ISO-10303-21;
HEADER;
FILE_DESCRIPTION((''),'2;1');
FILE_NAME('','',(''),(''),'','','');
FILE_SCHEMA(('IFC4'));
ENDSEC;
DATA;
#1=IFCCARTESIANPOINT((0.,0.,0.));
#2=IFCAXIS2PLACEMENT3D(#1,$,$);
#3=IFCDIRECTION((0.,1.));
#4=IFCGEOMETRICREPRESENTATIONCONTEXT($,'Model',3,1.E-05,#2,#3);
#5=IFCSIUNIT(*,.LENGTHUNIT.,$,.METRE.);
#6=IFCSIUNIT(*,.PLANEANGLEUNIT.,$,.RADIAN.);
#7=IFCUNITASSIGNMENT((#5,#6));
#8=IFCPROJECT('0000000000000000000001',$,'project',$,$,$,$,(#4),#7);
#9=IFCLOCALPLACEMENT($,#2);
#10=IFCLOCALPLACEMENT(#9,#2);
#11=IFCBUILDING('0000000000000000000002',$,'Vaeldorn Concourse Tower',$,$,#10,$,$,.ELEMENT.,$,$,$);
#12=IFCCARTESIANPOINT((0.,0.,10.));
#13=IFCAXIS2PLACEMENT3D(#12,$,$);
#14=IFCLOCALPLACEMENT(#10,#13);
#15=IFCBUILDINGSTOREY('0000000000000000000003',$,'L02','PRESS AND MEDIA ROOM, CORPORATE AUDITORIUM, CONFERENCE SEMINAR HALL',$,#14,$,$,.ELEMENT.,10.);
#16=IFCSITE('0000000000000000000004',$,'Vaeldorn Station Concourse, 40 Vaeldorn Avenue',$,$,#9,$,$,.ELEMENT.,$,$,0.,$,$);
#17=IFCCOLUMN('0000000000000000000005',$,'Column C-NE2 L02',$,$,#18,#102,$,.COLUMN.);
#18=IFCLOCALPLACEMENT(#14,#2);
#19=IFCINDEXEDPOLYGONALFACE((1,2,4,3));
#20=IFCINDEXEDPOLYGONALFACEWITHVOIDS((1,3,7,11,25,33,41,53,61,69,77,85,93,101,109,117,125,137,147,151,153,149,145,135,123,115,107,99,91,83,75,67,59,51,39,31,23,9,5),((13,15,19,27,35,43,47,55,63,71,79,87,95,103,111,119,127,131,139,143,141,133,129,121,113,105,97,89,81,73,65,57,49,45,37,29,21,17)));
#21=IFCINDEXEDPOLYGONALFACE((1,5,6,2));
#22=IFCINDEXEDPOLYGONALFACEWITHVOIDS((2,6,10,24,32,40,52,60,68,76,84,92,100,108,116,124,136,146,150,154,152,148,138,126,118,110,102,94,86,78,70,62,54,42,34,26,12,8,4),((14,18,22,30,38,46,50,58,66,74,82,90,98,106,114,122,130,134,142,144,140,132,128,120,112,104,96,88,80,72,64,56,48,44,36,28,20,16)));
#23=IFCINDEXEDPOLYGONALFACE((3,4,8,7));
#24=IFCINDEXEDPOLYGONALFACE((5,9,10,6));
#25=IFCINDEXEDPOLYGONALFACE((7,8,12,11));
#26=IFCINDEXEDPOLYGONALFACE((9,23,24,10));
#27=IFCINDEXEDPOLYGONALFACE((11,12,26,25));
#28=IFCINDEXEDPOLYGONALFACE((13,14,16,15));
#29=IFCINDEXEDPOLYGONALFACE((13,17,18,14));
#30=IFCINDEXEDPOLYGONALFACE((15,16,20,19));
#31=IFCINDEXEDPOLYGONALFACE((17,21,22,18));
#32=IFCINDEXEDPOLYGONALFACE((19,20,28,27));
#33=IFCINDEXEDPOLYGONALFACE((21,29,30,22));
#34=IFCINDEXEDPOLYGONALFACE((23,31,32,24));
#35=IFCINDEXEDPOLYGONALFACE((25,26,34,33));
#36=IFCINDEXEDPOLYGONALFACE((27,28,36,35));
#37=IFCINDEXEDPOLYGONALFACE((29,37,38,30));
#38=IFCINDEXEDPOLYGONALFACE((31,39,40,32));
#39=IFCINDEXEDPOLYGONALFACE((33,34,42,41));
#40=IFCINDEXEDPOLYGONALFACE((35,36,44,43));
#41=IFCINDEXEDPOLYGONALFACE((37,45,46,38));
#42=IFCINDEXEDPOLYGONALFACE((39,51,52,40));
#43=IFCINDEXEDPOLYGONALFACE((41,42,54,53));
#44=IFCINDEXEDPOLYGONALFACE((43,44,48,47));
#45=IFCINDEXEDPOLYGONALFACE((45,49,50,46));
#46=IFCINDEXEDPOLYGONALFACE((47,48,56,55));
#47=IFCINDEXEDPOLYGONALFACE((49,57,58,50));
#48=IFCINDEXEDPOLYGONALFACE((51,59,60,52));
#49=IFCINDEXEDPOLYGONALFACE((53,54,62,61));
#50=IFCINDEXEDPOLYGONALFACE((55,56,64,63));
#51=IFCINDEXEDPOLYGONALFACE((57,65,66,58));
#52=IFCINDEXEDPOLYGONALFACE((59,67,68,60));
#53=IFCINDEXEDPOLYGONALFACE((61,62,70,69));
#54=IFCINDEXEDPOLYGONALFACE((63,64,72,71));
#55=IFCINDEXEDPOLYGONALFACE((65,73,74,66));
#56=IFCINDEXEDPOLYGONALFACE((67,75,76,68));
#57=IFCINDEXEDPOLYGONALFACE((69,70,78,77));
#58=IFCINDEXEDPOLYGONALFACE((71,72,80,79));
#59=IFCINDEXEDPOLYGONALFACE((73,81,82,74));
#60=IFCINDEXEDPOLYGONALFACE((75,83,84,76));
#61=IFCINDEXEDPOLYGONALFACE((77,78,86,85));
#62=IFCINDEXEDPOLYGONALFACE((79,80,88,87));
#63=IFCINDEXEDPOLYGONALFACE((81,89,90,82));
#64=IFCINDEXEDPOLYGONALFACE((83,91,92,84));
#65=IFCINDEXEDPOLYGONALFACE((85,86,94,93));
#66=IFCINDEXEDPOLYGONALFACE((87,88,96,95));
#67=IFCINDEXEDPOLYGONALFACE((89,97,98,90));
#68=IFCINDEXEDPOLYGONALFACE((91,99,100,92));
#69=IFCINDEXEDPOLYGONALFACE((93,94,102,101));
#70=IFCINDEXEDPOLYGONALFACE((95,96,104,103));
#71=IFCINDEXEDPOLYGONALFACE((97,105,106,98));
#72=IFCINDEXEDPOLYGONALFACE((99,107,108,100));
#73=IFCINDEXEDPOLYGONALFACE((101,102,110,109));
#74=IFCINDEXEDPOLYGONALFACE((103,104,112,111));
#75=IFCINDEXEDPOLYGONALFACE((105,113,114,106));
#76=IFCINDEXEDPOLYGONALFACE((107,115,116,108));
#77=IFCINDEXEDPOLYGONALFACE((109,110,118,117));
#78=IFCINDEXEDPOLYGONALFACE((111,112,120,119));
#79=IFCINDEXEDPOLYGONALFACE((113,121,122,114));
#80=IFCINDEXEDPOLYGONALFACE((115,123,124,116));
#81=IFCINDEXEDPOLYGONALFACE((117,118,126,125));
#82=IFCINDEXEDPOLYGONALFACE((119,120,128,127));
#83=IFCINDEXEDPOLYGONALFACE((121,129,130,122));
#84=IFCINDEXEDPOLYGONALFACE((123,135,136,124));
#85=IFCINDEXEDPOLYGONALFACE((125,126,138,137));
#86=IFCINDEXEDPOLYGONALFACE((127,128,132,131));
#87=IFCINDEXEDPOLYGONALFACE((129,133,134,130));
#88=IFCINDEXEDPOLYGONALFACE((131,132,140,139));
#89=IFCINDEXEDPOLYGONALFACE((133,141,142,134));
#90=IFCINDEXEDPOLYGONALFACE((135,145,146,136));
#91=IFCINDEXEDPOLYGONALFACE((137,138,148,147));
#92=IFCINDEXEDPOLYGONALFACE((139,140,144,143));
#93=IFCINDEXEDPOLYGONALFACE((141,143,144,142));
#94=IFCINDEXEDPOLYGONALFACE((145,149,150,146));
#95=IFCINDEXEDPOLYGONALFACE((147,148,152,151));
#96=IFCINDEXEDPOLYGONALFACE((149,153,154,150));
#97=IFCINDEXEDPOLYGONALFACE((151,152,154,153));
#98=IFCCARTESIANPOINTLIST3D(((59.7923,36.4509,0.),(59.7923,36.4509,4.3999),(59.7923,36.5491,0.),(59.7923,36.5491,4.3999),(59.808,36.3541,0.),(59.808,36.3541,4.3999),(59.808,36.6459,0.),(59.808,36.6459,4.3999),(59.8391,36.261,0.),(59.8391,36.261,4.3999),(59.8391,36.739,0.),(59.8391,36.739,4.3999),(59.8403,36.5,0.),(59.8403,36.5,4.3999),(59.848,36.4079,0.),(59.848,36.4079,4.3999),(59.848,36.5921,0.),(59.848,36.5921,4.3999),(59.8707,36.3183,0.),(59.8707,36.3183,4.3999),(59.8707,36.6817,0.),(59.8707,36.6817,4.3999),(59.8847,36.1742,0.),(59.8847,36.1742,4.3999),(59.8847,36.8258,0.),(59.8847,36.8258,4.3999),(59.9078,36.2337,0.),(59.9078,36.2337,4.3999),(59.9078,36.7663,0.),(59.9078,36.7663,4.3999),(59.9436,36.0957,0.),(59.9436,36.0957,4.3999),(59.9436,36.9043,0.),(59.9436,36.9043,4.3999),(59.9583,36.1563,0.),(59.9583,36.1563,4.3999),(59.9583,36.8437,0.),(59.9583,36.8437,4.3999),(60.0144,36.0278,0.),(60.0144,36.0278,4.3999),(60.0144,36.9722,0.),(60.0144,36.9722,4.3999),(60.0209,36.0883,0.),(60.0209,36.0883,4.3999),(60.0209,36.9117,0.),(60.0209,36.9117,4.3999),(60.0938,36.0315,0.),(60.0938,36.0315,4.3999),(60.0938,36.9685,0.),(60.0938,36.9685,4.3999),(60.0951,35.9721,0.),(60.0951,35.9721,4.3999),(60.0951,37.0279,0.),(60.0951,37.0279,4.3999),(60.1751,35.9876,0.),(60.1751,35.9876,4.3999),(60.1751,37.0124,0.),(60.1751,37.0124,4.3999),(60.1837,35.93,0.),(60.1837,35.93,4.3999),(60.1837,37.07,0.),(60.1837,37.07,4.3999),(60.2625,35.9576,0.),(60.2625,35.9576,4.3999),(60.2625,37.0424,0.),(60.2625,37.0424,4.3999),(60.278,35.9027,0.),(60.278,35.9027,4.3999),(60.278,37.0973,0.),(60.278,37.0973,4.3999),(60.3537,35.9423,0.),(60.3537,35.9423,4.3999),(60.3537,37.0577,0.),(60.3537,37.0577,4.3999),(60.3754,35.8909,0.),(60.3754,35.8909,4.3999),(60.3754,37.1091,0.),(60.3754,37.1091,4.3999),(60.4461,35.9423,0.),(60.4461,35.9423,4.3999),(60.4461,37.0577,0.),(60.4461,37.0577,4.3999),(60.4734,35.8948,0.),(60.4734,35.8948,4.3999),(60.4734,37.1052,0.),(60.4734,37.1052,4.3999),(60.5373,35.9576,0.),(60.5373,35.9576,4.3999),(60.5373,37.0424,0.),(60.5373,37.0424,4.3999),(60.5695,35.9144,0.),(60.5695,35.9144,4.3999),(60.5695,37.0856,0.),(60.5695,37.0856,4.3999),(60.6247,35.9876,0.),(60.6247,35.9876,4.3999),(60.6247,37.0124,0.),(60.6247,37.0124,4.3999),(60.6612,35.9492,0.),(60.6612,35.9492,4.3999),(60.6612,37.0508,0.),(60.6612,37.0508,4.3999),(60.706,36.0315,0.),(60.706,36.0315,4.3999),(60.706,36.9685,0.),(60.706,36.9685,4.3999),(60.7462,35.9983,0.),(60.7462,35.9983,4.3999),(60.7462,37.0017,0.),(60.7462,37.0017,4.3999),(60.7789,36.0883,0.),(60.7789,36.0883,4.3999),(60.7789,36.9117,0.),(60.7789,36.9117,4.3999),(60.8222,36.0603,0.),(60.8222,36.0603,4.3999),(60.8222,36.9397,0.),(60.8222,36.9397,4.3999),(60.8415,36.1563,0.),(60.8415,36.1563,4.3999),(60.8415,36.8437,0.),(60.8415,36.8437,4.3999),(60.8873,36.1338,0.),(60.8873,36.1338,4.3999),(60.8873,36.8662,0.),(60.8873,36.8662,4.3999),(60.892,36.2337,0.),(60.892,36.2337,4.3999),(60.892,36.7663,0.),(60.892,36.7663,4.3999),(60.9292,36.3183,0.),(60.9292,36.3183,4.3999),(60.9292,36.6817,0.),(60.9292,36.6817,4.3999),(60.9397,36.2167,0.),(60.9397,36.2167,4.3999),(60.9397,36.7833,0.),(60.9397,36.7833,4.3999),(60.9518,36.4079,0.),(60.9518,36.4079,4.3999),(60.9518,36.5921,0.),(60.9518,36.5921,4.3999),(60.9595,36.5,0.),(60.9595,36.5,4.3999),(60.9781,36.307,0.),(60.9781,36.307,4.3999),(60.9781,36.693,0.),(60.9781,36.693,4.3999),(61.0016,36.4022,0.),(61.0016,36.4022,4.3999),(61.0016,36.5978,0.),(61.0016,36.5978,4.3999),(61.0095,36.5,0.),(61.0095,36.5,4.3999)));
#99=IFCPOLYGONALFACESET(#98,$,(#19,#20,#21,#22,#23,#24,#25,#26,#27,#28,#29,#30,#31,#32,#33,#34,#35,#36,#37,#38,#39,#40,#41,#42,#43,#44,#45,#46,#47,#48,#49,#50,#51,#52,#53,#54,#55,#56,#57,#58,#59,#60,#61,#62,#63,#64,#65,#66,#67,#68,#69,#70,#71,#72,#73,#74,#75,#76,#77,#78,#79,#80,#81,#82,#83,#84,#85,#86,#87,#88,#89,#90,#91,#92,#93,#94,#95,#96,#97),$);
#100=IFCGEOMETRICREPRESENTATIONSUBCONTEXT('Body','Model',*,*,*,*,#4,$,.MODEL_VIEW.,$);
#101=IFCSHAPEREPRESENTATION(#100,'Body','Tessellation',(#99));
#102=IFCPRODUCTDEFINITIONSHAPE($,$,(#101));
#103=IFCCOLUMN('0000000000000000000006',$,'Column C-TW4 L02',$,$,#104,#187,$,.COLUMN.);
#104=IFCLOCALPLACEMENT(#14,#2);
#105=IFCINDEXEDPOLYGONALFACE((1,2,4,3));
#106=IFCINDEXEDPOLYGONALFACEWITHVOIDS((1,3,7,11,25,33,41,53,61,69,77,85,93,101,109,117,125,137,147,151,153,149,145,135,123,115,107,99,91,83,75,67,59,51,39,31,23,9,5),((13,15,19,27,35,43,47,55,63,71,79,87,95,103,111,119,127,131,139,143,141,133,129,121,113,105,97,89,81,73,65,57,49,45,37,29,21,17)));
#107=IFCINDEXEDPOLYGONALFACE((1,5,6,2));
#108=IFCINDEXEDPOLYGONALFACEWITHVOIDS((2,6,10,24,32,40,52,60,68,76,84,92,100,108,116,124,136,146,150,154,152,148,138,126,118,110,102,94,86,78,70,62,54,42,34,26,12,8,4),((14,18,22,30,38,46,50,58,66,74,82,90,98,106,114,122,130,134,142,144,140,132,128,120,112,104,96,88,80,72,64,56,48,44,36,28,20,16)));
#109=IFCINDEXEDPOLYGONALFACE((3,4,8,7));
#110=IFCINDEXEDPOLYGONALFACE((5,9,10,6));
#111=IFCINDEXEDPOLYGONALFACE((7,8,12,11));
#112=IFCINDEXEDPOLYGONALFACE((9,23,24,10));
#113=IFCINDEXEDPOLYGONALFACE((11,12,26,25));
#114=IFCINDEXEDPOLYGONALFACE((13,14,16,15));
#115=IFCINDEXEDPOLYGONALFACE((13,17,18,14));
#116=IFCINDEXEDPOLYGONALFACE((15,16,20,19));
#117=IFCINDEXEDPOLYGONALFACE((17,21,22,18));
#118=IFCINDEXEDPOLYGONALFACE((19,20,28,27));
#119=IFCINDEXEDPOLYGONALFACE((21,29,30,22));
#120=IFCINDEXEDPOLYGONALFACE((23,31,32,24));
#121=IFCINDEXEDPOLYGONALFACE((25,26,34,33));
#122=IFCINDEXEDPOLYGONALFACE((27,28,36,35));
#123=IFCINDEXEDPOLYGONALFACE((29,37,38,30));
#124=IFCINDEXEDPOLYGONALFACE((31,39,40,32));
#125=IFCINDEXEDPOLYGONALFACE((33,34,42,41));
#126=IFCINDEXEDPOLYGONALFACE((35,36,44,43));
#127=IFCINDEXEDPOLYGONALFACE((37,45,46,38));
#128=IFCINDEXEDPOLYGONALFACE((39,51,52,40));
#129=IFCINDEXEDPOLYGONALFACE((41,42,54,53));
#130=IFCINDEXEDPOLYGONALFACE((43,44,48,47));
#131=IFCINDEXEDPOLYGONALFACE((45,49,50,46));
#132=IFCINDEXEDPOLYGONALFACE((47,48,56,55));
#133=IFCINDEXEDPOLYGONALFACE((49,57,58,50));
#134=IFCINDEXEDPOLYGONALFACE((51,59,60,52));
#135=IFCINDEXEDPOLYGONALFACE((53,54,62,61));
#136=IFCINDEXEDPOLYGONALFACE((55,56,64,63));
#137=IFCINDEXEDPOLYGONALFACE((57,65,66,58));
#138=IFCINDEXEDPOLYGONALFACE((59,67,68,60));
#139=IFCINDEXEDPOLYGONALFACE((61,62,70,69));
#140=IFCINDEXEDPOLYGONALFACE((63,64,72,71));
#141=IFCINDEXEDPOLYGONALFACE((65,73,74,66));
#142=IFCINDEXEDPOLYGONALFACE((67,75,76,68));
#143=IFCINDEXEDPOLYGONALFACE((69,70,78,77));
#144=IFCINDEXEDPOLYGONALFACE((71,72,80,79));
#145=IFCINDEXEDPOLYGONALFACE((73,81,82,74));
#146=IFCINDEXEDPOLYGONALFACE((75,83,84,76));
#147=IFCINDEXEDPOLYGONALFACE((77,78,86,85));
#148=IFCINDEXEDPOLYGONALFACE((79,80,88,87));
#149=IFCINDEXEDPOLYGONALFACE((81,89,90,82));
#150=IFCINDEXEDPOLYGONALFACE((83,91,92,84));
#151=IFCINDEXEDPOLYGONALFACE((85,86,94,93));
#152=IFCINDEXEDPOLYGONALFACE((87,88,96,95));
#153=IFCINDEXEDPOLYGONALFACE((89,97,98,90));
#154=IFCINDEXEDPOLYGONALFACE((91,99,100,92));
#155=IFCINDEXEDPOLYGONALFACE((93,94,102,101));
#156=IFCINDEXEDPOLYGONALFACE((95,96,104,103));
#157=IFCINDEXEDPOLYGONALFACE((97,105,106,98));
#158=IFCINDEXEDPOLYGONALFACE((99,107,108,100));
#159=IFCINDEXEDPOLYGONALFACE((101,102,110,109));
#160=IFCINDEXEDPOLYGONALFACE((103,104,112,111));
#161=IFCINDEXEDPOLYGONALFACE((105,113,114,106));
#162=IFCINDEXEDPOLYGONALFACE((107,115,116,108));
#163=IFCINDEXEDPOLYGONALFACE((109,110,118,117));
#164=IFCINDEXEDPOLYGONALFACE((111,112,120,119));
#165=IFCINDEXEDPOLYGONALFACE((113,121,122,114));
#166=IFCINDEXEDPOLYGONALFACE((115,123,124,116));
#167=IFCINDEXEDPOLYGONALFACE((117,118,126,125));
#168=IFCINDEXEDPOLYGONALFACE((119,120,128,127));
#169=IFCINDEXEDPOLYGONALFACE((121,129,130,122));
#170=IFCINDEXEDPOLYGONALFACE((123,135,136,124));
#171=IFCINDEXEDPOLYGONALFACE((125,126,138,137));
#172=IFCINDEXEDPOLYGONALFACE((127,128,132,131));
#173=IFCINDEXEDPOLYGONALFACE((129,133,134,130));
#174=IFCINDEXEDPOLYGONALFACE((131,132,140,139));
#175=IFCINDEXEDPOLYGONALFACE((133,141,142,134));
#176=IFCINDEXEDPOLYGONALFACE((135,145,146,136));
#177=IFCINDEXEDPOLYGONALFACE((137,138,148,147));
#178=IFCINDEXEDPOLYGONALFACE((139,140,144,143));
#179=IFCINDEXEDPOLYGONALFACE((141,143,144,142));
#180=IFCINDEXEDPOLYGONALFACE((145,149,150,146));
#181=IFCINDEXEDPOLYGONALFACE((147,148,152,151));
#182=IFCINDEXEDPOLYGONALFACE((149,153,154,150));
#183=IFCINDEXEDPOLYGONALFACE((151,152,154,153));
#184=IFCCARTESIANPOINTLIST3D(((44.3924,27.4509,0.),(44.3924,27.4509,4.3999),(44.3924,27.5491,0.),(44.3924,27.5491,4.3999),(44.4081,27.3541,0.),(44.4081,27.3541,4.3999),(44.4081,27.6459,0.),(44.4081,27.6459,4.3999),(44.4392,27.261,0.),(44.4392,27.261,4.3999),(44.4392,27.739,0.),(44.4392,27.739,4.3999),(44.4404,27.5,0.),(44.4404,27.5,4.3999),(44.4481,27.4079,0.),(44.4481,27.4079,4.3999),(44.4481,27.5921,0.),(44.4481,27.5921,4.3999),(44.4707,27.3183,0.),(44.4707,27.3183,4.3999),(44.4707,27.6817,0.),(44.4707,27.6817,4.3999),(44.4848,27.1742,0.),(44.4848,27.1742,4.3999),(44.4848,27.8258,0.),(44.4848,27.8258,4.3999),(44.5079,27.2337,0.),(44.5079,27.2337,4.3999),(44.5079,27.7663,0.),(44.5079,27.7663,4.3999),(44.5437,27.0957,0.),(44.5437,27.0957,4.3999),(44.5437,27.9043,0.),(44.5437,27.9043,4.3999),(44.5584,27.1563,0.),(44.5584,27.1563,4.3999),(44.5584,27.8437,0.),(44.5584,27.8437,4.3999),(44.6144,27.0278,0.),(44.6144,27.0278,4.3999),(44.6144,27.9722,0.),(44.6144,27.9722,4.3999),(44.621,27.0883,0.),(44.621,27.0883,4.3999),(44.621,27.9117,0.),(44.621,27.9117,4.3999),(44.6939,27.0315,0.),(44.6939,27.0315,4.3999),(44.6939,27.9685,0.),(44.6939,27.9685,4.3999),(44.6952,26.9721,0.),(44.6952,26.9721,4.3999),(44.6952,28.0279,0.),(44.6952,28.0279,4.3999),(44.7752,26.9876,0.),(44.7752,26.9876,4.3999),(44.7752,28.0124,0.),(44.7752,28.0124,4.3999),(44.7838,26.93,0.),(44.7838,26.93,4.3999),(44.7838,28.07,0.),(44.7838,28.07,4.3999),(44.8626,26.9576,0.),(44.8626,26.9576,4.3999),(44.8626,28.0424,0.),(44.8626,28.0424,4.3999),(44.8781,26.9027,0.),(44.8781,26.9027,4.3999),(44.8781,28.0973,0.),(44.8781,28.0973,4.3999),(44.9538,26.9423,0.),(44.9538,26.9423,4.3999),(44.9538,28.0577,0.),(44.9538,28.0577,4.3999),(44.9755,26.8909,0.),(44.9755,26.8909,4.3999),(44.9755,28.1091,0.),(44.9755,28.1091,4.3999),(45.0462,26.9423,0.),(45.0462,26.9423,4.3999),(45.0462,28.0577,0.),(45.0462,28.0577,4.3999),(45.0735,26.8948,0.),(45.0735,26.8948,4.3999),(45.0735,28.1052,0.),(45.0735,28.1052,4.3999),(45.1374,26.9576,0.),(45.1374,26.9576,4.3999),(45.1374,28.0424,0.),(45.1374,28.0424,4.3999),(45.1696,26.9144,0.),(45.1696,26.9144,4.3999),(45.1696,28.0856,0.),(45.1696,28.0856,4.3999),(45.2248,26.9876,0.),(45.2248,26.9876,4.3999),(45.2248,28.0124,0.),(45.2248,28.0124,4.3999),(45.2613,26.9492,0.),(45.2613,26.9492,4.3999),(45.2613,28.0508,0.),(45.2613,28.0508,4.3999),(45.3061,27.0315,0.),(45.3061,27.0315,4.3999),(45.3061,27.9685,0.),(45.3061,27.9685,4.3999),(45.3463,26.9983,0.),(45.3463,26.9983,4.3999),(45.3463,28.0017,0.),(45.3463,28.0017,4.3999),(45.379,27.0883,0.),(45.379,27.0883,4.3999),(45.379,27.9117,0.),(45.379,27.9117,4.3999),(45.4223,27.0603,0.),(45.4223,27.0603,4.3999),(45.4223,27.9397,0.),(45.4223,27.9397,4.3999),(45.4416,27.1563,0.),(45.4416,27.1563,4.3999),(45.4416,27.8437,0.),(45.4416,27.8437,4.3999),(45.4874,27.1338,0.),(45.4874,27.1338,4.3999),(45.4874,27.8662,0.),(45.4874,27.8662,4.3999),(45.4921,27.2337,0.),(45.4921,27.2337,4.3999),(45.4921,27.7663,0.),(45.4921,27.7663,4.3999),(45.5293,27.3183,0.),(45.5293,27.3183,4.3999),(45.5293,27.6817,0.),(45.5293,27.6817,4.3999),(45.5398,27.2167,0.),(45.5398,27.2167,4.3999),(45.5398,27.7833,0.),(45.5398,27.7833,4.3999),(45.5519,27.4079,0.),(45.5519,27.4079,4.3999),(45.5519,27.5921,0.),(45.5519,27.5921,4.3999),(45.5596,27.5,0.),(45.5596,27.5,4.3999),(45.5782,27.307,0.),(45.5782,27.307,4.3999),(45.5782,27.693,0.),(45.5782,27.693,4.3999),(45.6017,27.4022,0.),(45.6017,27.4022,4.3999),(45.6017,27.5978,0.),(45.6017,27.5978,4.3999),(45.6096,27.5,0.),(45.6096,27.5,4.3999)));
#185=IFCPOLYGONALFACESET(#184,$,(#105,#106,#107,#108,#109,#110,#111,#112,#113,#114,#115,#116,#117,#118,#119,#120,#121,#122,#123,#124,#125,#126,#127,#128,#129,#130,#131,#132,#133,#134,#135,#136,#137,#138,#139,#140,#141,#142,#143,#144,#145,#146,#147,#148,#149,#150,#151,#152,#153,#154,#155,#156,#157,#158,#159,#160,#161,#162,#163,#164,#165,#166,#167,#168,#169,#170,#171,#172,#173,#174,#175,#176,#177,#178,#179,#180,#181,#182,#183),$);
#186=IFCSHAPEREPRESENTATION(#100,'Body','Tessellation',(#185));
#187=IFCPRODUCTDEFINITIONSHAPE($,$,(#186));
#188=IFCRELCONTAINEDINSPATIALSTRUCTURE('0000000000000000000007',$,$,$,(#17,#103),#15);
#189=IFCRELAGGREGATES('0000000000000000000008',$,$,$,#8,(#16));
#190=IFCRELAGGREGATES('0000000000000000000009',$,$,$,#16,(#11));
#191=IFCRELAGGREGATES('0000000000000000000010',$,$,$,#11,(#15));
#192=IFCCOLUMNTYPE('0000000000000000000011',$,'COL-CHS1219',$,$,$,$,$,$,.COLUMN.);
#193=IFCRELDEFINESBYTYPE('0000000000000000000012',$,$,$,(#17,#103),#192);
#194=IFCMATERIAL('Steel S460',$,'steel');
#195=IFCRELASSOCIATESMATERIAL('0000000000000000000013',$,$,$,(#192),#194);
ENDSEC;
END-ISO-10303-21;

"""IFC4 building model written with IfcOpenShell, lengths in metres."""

from ifc_helpers import new_model, si_unit, direction, frame, origin, origin_2d, place, context, subcontext, project, spatial, hollow_circle, extrude, source, transform, mapped, material, material_profile, profile_set, type_object, element, save


model = new_model("IFC4")

# Units and contexts
model_context = context("Model", 3, precision=1e-05, world=origin(), true_north=direction((0.0, 1.0)))
body_context = subcontext(model_context, "Body", "Model", "MODEL_VIEW")
ifc_project = project(units=[si_unit("LENGTHUNIT", "METRE"), si_unit("PLANEANGLEUNIT", "RADIAN")], contexts=[model_context])

# Site, building, storey
site_placement = place(None, origin())
site = spatial("IfcSite", under=ifc_project, at=site_placement, Name="Vaeldorn Station Concourse, 40 Vaeldorn Avenue", CompositionType="ELEMENT", RefElevation=0.0)
building_placement = place(site_placement, origin())
building = spatial("IfcBuilding", under=site, at=building_placement, Name="Vaeldorn Concourse Tower", CompositionType="ELEMENT")
storey_placement = place(building_placement, frame((0.0, 0.0, 10.0)))
storey = spatial("IfcBuildingStorey", under=building, at=storey_placement, Name="L02", Description="PRESS AND MEDIA ROOM, CORPORATE AUDITORIUM, CONFERENCE SEMINAR HALL", CompositionType="ELEMENT", Elevation=10.0)

# Columns
ifc_material_1 = material(Name="Steel S460", Category="steel")
ifc_material_profile_1 = material_profile(ifc_material_1, hollow_circle(Radius=0.6096, WallThickness=0.05, at=origin_2d()), Name="CHS 1219x50")
ifc_profile_set_1 = profile_set([ifc_material_profile_1], Name="Steel S460")
column_type_1 = type_object("IfcColumnType", Name="COL-CHS1219", PredefinedType="COLUMN", material=ifc_profile_set_1)
shared_shape_1 = source(origin(), body_context, "Body", "SweptSolid", [
    extrude(hollow_circle(Radius=0.6096, WallThickness=0.05, at=origin_2d()), origin(), (0.0, 0.0, 1.0), 4.3999),
])
for number, where, z_axis, x_axis, name in (
    (1, (60.3999, 36.5, 0.0), (0.0, 0.0, 1.0), (1.0, 0.0, 0.0), "Column C-NE2 L02"),
    (2, (45.0, 27.5, 0.0), (0.0, 0.0, 1.0), (1.0, 0.0, 0.0), "Column C-TW4 L02"),
):
    element("IfcColumn", number, at=place(storey_placement, frame(where, z_axis=z_axis, x_axis=x_axis)), inside=storey, type_object=column_type_1, Name=name, PredefinedType="COLUMN", context=body_context, shape_type="MappedRepresentation", body=[
        mapped(shared_shape_1, transform((0.0, 0.0, 0.0), scale=1.0)),
    ])

save(model, "model.ifc")
